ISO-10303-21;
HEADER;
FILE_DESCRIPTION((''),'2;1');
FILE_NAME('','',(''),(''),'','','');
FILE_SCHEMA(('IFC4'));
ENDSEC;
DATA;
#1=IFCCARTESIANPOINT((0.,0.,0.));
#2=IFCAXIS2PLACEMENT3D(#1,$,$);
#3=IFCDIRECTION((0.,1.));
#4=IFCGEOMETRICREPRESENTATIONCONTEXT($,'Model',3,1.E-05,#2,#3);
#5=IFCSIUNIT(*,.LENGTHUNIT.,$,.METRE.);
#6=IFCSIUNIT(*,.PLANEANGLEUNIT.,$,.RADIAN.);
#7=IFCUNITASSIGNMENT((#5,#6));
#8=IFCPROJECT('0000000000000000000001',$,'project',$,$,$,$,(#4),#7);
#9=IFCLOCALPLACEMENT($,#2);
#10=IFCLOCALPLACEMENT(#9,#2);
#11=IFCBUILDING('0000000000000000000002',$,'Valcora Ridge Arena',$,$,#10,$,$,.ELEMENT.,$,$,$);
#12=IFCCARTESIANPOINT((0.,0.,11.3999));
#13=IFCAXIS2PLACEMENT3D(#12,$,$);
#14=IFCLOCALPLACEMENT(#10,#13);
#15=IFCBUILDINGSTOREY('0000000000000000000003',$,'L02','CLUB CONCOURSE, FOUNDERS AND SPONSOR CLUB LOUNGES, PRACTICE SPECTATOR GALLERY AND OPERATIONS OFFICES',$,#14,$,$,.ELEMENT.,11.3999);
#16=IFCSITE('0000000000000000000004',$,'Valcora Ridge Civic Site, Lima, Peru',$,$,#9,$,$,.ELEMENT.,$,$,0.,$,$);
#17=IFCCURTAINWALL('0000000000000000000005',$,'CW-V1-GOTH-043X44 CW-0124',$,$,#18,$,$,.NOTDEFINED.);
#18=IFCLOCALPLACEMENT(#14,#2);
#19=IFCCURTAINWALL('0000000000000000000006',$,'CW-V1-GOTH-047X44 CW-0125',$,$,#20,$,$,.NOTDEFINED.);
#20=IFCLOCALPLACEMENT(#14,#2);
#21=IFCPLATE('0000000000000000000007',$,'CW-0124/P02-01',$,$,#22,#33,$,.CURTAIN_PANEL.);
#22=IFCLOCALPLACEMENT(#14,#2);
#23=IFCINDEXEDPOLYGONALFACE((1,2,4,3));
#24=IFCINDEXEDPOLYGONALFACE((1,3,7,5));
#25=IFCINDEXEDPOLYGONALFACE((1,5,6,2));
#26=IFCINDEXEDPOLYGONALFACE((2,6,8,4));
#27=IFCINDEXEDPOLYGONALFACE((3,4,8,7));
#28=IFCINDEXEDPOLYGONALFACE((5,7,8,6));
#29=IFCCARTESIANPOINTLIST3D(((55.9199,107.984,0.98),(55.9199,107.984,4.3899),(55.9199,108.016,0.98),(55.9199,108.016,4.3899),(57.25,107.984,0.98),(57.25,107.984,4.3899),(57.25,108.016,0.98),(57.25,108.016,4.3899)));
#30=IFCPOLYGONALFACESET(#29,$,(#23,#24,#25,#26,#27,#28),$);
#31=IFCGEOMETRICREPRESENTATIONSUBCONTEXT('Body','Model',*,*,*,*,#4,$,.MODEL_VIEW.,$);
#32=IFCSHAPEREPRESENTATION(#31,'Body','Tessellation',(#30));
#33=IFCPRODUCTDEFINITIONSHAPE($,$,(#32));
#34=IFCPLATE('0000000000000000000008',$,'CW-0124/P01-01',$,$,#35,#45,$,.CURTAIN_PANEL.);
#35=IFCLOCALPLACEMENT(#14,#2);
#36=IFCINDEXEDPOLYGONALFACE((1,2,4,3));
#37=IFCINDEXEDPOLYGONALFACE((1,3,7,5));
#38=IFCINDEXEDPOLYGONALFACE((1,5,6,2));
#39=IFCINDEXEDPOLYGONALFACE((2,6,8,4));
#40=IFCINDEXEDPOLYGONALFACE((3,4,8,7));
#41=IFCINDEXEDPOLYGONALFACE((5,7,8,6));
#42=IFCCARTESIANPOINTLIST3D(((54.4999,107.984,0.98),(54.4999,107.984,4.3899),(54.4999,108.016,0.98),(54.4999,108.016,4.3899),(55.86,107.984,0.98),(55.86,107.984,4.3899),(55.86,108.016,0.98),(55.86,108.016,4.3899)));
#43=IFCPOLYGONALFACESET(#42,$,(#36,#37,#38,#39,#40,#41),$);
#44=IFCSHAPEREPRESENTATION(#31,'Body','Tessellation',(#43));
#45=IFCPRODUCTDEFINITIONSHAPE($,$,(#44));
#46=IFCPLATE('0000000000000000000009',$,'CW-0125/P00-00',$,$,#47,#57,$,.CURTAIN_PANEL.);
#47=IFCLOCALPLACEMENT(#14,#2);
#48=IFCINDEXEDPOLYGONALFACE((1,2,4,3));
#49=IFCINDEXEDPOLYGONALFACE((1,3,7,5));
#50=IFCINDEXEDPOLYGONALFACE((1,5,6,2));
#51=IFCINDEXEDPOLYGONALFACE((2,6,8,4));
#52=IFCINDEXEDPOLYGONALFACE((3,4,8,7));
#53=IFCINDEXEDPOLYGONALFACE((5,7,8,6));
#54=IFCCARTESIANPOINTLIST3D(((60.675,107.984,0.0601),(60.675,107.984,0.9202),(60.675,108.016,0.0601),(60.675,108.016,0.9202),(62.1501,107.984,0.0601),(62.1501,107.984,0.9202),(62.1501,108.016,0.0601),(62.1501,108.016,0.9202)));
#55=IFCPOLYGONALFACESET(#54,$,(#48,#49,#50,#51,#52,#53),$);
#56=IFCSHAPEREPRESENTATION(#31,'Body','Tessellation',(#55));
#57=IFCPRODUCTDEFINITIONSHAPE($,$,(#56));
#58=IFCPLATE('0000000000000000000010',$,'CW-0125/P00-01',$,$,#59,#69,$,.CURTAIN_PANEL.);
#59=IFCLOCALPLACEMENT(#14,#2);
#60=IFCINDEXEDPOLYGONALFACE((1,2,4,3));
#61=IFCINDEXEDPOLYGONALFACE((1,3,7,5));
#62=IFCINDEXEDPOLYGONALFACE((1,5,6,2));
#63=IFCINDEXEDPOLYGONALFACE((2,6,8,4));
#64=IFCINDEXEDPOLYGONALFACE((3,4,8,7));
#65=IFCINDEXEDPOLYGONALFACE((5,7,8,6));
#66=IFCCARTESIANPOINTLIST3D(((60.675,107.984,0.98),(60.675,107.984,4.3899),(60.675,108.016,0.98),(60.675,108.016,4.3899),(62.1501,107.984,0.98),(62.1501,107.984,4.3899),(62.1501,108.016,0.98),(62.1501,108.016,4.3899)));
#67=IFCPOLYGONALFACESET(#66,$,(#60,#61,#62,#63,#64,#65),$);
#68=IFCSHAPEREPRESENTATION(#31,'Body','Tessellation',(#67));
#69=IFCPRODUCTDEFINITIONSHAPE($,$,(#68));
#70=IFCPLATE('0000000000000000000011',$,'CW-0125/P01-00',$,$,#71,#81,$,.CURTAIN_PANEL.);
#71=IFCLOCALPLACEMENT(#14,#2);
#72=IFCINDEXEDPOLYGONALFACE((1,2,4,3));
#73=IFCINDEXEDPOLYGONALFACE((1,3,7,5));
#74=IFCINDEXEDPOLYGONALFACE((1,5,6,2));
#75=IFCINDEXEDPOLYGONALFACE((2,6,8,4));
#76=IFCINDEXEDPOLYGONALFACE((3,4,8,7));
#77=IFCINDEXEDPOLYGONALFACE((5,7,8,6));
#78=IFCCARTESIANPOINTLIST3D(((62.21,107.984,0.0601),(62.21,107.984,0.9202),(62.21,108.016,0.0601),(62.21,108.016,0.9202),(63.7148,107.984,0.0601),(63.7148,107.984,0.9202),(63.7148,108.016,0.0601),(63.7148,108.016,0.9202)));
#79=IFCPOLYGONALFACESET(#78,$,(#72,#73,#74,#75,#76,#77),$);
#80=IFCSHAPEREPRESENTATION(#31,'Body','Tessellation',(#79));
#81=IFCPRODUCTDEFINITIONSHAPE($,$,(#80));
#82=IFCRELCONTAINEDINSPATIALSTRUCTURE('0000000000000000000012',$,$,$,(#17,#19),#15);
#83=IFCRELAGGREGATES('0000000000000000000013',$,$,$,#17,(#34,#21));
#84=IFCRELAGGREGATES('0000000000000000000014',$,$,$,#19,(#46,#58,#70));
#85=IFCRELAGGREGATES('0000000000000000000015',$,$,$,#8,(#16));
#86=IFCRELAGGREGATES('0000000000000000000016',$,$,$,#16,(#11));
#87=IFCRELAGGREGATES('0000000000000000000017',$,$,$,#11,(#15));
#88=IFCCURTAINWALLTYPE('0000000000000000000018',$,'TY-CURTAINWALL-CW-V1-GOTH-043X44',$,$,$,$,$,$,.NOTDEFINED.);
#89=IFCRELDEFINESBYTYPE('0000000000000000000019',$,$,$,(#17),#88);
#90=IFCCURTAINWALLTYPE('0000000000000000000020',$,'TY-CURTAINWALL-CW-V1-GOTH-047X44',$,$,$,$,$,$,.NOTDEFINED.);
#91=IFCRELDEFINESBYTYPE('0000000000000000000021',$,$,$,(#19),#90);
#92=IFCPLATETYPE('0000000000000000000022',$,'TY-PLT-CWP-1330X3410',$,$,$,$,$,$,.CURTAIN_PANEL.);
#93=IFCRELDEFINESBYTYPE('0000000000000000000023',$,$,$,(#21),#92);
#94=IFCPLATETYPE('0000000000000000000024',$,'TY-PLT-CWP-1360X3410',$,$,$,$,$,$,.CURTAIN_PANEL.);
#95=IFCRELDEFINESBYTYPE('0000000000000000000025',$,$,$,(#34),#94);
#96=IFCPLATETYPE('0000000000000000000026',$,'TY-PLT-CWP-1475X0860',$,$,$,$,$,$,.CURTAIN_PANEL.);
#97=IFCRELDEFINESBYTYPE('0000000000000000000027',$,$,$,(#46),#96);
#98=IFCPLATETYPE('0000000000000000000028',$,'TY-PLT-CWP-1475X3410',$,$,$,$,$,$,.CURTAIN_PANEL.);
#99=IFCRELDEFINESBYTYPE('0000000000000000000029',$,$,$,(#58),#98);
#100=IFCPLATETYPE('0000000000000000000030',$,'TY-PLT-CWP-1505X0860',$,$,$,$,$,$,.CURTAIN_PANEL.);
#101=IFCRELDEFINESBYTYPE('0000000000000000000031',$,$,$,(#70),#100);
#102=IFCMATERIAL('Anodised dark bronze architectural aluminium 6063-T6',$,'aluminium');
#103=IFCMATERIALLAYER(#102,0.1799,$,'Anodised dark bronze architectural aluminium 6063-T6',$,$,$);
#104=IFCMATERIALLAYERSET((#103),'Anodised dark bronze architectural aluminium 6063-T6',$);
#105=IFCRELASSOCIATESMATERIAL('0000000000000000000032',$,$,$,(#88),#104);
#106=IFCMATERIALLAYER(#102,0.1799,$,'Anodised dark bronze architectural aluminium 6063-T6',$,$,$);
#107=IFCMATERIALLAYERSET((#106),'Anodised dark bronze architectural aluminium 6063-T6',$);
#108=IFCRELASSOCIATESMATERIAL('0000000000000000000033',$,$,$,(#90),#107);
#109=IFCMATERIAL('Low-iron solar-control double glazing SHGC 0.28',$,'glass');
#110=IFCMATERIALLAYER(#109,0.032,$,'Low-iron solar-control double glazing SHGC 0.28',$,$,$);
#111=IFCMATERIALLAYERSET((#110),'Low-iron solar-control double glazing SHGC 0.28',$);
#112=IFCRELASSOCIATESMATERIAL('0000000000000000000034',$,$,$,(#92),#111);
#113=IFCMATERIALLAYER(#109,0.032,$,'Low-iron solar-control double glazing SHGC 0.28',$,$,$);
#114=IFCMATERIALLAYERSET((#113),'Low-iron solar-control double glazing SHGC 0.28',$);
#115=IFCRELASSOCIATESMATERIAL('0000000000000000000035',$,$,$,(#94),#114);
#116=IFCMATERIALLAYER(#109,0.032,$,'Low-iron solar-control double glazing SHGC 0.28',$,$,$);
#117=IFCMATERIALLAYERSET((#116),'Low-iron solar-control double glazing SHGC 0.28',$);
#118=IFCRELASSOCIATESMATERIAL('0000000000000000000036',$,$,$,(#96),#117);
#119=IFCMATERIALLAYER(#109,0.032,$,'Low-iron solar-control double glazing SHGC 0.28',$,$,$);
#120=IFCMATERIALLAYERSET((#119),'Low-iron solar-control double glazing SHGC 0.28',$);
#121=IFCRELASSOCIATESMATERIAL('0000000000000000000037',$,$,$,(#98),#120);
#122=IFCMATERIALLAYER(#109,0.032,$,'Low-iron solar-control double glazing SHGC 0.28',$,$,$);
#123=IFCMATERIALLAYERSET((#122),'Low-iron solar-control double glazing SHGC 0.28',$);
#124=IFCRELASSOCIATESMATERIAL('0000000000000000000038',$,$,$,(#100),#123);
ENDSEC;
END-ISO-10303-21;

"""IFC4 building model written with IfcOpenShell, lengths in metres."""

from ifc_helpers import new_model, si_unit, direction, frame, origin, origin_2d, place, context, subcontext, project, spatial, rectangle, extrude, material, layer, layer_set, type_object, element, aggregate, save


model = new_model("IFC4")

# Units and contexts
model_context = context("Model", 3, precision=1e-05, world=origin(), true_north=direction((0.0, 1.0)))
body_context = subcontext(model_context, "Body", "Model", "MODEL_VIEW")
ifc_project = project(units=[si_unit("LENGTHUNIT", "METRE"), si_unit("PLANEANGLEUNIT", "RADIAN")], contexts=[model_context])

# Site, building, storey
site_placement = place(None, origin())
site = spatial("IfcSite", under=ifc_project, at=site_placement, Name="Valcora Ridge Civic Site, Lima, Peru", CompositionType="ELEMENT", RefElevation=0.0)
building_placement = place(site_placement, origin())
building = spatial("IfcBuilding", under=site, at=building_placement, Name="Valcora Ridge Arena", CompositionType="ELEMENT")
storey_placement = place(building_placement, frame((0.0, 0.0, 11.3999)))
storey = spatial("IfcBuildingStorey", under=building, at=storey_placement, Name="L02", Description="CLUB CONCOURSE, FOUNDERS AND SPONSOR CLUB LOUNGES, PRACTICE SPECTATOR GALLERY AND OPERATIONS OFFICES", CompositionType="ELEMENT", Elevation=11.3999)

# Curtain walls
ifc_material_1 = material(Name="Anodised dark bronze architectural aluminium 6063-T6", Category="aluminium")
ifc_layer_1 = layer(ifc_material_1, 0.1799, Name="Anodised dark bronze architectural aluminium 6063-T6")
ifc_layer_set_1 = layer_set([ifc_layer_1], Name="Anodised dark bronze architectural aluminium 6063-T6")
curtain_wall_type_1 = type_object("IfcCurtainWallType", Name="TY-CURTAINWALL-CW-V1-GOTH-043X44", PredefinedType="NOTDEFINED", material=ifc_layer_set_1)
curtain_wall_1_placement = place(storey_placement, origin())
curtain_wall_1 = element("IfcCurtainWall", 1, at=curtain_wall_1_placement, inside=storey, type_object=curtain_wall_type_1, Name="CW-V1-GOTH-043X44 CW-0124", PredefinedType="NOTDEFINED")
ifc_layer_2 = layer(ifc_material_1, 0.1799, Name="Anodised dark bronze architectural aluminium 6063-T6")
ifc_layer_set_2 = layer_set([ifc_layer_2], Name="Anodised dark bronze architectural aluminium 6063-T6")
curtain_wall_type_2 = type_object("IfcCurtainWallType", Name="TY-CURTAINWALL-CW-V1-GOTH-047X44", PredefinedType="NOTDEFINED", material=ifc_layer_set_2)
curtain_wall_2_placement = place(storey_placement, origin())
curtain_wall_2 = element("IfcCurtainWall", 2, at=curtain_wall_2_placement, inside=storey, type_object=curtain_wall_type_2, Name="CW-V1-GOTH-047X44 CW-0125", PredefinedType="NOTDEFINED")

# Plates
ifc_material_2 = material(Name="Low-iron solar-control double glazing SHGC 0.28", Category="glass")
ifc_layer_3 = layer(ifc_material_2, 0.032, Name="Low-iron solar-control double glazing SHGC 0.28")
ifc_layer_set_3 = layer_set([ifc_layer_3], Name="Low-iron solar-control double glazing SHGC 0.28")
plate_type_1 = type_object("IfcPlateType", Name="TY-PLT-CWP-1330X3410", PredefinedType="CURTAIN_PANEL", material=ifc_layer_set_3)
plate_1_placement = place(storey_placement, frame((56.585, 108.0, 0.98), z_axis=(0.0, 0.0, 1.0), x_axis=(1.0, 0.0, 0.0)))
plate_1 = element("IfcPlate", 3, at=plate_1_placement, type_object=plate_type_1, Name="CW-0124/P02-01", PredefinedType="CURTAIN_PANEL", context=body_context, shape_type="SweptSolid", body=[
    extrude(rectangle(XDim=1.3301, YDim=0.032, at=origin_2d()), origin(), (0.0, 0.0, 1.0), 3.4099),
])
ifc_layer_4 = layer(ifc_material_2, 0.032, Name="Low-iron solar-control double glazing SHGC 0.28")
ifc_layer_set_4 = layer_set([ifc_layer_4], Name="Low-iron solar-control double glazing SHGC 0.28")
plate_type_2 = type_object("IfcPlateType", Name="TY-PLT-CWP-1360X3410", PredefinedType="CURTAIN_PANEL", material=ifc_layer_set_4)
plate_2_placement = place(storey_placement, frame((55.1799, 108.0, 0.98), z_axis=(0.0, 0.0, 1.0), x_axis=(1.0, 0.0, 0.0)))
plate_2 = element("IfcPlate", 4, at=plate_2_placement, type_object=plate_type_2, Name="CW-0124/P01-01", PredefinedType="CURTAIN_PANEL", context=body_context, shape_type="SweptSolid", body=[
    extrude(rectangle(XDim=1.3601, YDim=0.032, at=origin_2d()), origin(), (0.0, 0.0, 1.0), 3.4099),
])
aggregate(curtain_wall_1, [plate_2, plate_1])
ifc_layer_5 = layer(ifc_material_2, 0.032, Name="Low-iron solar-control double glazing SHGC 0.28")
ifc_layer_set_5 = layer_set([ifc_layer_5], Name="Low-iron solar-control double glazing SHGC 0.28")
plate_type_3 = type_object("IfcPlateType", Name="TY-PLT-CWP-1475X0860", PredefinedType="CURTAIN_PANEL", material=ifc_layer_set_5)
plate_3_placement = place(storey_placement, frame((61.4126, 108.0, 0.0601), z_axis=(0.0, 0.0, 1.0), x_axis=(1.0, 0.0, 0.0)))
plate_3 = element("IfcPlate", 5, at=plate_3_placement, type_object=plate_type_3, Name="CW-0125/P00-00", PredefinedType="CURTAIN_PANEL", context=body_context, shape_type="SweptSolid", body=[
    extrude(rectangle(XDim=1.4751, YDim=0.032, at=origin_2d()), origin(), (0.0, 0.0, 1.0), 0.8601),
])
ifc_layer_6 = layer(ifc_material_2, 0.032, Name="Low-iron solar-control double glazing SHGC 0.28")
ifc_layer_set_6 = layer_set([ifc_layer_6], Name="Low-iron solar-control double glazing SHGC 0.28")
plate_type_4 = type_object("IfcPlateType", Name="TY-PLT-CWP-1475X3410", PredefinedType="CURTAIN_PANEL", material=ifc_layer_set_6)
plate_4_placement = place(storey_placement, frame((61.4126, 108.0, 0.98), z_axis=(0.0, 0.0, 1.0), x_axis=(1.0, 0.0, 0.0)))
plate_4 = element("IfcPlate", 6, at=plate_4_placement, type_object=plate_type_4, Name="CW-0125/P00-01", PredefinedType="CURTAIN_PANEL", context=body_context, shape_type="SweptSolid", body=[
    extrude(rectangle(XDim=1.4751, YDim=0.032, at=origin_2d()), origin(), (0.0, 0.0, 1.0), 3.4099),
])
ifc_layer_7 = layer(ifc_material_2, 0.032, Name="Low-iron solar-control double glazing SHGC 0.28")
ifc_layer_set_7 = layer_set([ifc_layer_7], Name="Low-iron solar-control double glazing SHGC 0.28")
plate_type_5 = type_object("IfcPlateType", Name="TY-PLT-CWP-1505X0860", PredefinedType="CURTAIN_PANEL", material=ifc_layer_set_7)
plate_5_placement = place(storey_placement, frame((62.9624, 108.0, 0.0601), z_axis=(0.0, 0.0, 1.0), x_axis=(1.0, 0.0, 0.0)))
plate_5 = element("IfcPlate", 7, at=plate_5_placement, type_object=plate_type_5, Name="CW-0125/P01-00", PredefinedType="CURTAIN_PANEL", context=body_context, shape_type="SweptSolid", body=[
    extrude(rectangle(XDim=1.5049, YDim=0.032, at=origin_2d()), origin(), (0.0, 0.0, 1.0), 0.8601),
])
aggregate(curtain_wall_2, [plate_3, plate_4, plate_5])

save(model, "model.ifc")
